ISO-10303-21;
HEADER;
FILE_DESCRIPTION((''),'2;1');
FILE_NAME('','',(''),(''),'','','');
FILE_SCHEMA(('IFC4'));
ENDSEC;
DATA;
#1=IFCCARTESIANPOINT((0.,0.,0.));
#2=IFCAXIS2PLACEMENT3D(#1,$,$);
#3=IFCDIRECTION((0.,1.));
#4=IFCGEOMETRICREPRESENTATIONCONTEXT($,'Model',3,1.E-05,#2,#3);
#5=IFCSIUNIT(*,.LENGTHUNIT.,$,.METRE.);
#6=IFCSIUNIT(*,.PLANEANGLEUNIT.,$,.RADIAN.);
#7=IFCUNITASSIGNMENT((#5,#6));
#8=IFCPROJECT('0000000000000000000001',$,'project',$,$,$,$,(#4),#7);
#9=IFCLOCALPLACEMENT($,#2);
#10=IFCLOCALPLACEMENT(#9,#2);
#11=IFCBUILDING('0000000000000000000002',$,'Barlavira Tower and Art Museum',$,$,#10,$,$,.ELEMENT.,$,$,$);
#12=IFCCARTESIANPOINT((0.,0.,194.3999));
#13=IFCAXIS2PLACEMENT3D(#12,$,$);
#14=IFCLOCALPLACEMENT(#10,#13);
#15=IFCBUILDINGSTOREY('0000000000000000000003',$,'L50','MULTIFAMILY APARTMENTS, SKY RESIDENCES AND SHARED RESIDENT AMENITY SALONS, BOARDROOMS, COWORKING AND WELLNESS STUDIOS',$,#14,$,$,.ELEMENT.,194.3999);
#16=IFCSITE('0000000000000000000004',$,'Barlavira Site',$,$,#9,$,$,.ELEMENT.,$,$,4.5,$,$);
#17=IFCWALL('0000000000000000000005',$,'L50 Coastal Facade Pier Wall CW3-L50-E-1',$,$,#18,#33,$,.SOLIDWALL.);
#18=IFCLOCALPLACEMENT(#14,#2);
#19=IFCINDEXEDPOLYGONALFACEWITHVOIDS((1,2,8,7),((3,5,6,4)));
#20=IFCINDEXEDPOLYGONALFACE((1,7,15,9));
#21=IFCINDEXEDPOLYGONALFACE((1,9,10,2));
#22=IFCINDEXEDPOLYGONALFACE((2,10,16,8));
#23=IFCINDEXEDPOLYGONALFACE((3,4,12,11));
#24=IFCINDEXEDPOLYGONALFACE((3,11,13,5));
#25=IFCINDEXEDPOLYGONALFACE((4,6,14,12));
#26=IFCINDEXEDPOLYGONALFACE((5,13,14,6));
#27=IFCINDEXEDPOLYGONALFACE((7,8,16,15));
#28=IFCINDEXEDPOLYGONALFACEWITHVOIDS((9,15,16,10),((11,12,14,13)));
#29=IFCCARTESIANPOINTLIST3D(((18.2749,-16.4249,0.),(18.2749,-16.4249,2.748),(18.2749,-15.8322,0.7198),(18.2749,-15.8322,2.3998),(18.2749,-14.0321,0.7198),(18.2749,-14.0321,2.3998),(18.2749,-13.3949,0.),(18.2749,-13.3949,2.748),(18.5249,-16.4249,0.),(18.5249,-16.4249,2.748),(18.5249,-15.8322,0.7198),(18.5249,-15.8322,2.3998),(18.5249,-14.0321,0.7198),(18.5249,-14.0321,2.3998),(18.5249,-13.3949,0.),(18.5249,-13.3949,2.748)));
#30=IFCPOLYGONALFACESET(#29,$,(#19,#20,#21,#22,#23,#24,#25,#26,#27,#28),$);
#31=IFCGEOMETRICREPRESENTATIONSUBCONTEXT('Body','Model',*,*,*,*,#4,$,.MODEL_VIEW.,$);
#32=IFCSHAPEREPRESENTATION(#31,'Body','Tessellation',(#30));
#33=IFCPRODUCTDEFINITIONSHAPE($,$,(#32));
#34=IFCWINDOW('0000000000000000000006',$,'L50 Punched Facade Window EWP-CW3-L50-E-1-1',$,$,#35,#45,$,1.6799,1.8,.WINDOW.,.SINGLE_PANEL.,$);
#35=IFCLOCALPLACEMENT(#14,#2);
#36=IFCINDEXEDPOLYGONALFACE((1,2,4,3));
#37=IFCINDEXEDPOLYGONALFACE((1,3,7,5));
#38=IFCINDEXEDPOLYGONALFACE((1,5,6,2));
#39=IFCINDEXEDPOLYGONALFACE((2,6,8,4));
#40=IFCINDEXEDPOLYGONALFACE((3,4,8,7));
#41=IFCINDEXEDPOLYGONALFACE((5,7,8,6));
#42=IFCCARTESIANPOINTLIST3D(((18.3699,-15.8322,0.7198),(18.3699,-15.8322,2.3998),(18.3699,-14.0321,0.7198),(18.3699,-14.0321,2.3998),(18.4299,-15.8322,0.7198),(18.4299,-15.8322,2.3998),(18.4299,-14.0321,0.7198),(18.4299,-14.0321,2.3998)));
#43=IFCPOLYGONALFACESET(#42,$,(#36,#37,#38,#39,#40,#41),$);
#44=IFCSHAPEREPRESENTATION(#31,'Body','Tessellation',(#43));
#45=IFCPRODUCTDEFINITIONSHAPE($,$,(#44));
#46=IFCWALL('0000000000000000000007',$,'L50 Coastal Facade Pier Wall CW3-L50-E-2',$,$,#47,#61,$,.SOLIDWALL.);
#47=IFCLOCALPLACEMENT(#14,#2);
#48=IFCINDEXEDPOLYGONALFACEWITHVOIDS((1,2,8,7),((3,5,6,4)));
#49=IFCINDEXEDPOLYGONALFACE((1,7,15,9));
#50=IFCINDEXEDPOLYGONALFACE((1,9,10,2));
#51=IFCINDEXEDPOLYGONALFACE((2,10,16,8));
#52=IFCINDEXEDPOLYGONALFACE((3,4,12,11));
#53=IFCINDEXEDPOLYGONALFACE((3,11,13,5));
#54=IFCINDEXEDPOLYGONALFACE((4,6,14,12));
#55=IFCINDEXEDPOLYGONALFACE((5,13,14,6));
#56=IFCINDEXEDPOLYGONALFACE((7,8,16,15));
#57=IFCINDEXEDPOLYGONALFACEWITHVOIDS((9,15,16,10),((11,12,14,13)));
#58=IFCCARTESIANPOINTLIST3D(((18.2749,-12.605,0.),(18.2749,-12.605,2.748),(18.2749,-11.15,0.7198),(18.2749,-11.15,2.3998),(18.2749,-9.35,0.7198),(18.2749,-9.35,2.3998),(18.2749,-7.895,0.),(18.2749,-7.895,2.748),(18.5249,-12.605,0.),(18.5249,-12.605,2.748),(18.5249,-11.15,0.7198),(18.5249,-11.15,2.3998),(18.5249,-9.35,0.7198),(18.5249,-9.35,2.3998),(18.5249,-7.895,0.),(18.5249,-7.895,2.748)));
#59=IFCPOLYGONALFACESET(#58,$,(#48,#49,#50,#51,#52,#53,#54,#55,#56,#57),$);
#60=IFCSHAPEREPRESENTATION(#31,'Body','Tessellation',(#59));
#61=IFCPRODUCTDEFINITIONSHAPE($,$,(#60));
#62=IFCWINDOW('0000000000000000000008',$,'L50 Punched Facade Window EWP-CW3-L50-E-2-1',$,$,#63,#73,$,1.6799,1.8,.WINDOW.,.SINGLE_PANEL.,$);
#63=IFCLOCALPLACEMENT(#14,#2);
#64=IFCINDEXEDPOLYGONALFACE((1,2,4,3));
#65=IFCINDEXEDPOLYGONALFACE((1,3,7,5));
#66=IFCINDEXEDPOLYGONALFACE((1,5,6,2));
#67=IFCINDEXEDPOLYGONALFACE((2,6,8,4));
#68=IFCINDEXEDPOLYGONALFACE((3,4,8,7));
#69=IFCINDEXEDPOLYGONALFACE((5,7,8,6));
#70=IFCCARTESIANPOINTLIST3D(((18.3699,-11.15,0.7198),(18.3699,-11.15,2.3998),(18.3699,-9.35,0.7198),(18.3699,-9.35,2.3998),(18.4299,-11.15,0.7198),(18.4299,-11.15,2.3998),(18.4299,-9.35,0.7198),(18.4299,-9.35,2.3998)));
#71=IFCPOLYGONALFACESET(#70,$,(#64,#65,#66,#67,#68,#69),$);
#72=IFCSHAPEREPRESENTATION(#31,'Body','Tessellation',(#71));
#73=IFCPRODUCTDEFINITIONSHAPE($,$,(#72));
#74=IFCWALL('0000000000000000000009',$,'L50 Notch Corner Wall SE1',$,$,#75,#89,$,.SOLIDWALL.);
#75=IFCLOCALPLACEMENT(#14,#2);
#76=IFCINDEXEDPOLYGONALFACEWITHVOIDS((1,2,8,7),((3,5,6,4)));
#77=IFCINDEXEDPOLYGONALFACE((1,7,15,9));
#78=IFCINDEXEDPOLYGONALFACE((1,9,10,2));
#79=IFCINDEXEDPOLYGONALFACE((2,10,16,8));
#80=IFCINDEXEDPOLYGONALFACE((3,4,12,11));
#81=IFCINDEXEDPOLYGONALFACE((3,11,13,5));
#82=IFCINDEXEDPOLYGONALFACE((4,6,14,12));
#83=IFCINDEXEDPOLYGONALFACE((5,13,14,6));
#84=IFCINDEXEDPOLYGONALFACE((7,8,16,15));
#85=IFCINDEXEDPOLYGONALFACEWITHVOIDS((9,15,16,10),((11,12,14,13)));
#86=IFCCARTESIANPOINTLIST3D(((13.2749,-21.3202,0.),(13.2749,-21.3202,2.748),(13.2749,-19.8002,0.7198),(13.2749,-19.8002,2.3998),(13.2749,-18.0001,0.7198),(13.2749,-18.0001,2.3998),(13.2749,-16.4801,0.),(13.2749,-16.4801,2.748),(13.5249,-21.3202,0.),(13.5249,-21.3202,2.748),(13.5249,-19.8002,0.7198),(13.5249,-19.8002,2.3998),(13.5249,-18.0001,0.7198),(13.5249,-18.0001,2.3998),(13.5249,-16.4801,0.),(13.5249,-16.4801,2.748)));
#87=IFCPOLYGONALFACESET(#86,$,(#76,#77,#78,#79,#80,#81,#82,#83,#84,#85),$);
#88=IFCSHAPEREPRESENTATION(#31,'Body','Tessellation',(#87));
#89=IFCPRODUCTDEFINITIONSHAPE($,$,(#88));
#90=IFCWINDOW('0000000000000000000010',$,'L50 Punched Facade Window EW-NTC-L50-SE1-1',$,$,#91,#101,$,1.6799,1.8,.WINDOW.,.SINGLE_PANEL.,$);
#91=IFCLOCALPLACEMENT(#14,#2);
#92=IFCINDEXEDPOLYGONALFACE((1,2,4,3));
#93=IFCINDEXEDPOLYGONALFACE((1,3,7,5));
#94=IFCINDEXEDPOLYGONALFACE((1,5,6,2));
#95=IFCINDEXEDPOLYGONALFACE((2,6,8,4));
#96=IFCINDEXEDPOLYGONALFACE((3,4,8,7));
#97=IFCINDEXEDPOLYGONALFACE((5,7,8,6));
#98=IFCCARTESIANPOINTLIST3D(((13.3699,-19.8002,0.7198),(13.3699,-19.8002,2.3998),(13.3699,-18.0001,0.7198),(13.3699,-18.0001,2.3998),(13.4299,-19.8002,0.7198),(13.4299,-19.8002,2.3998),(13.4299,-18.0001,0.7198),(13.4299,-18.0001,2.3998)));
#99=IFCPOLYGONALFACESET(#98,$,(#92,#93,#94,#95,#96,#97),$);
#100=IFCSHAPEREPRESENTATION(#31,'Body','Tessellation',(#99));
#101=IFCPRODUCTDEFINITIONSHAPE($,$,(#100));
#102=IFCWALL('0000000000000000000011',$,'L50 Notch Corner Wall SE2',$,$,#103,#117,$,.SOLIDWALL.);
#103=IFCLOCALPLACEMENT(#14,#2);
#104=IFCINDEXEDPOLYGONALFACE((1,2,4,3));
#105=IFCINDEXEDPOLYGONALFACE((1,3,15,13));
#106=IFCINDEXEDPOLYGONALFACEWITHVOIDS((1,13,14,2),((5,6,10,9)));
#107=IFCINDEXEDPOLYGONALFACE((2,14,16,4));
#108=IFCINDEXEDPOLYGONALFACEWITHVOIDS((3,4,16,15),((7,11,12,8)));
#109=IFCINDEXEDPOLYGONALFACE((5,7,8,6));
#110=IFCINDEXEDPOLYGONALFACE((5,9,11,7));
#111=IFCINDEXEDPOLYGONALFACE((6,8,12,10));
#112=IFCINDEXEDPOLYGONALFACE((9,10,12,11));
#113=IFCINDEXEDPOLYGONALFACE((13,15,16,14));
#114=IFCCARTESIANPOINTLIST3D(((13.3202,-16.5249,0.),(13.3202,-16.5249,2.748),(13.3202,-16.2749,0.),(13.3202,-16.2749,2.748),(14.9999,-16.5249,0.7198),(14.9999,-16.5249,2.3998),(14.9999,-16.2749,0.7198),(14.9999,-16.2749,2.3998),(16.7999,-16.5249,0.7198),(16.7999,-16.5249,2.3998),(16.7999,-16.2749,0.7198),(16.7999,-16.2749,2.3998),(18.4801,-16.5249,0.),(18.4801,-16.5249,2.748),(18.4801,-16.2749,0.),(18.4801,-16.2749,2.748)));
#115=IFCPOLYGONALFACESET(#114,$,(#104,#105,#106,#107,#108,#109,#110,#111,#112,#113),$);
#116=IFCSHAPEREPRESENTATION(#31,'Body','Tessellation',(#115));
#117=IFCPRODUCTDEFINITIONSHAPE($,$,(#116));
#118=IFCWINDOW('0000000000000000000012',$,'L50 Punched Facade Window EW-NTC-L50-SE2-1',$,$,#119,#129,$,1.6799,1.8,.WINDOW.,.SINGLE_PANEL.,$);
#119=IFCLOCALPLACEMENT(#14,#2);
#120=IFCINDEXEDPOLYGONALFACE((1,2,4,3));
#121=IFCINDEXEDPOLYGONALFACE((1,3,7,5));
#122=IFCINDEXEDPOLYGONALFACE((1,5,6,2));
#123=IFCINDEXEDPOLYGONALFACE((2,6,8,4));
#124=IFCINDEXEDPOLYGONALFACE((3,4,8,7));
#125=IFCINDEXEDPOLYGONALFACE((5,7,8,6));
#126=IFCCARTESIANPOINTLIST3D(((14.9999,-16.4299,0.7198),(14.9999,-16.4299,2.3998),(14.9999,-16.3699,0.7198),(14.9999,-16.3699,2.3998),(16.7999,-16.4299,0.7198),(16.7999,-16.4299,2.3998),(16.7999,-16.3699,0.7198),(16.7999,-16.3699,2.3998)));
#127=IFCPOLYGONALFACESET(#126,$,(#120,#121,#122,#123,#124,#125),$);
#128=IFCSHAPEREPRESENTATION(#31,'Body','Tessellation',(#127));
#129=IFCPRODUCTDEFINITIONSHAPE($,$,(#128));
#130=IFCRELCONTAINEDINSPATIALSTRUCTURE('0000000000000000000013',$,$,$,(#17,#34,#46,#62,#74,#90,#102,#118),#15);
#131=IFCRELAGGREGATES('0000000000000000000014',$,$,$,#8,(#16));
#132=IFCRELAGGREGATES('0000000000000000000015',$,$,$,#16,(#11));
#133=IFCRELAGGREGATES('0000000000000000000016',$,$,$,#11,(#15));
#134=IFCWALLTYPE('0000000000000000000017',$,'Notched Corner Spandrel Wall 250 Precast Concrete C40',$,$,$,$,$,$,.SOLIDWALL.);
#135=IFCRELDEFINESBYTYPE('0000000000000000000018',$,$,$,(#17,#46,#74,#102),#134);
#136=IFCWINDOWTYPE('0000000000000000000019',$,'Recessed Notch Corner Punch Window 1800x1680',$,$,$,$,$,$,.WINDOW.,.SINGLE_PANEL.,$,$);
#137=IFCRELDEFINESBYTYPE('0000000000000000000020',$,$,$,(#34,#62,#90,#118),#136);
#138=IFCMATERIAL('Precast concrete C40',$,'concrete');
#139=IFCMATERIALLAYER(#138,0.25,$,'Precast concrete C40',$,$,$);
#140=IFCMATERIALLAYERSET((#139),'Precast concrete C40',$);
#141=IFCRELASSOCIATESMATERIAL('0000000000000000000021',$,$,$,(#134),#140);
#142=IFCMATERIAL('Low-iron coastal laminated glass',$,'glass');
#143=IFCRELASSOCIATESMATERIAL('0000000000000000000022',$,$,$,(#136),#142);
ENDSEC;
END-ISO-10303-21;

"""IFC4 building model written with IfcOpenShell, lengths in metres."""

from ifc_helpers import new_model, si_unit, direction, frame, frame_2d, origin, place, context, subcontext, project, spatial, rectangle, extrude, material, layer, layer_set, type_object, element, fill, save


model = new_model("IFC4")

# Units and contexts
model_context = context("Model", 3, precision=1e-05, world=origin(), true_north=direction((0.0, 1.0)))
body_context = subcontext(model_context, "Body", "Model", "MODEL_VIEW")
ifc_project = project(units=[si_unit("LENGTHUNIT", "METRE"), si_unit("PLANEANGLEUNIT", "RADIAN")], contexts=[model_context])

# Site, building, storey
site_placement = place(None, origin())
site = spatial("IfcSite", under=ifc_project, at=site_placement, Name="Barlavira Site", CompositionType="ELEMENT", RefElevation=4.5)
building_placement = place(site_placement, origin())
building = spatial("IfcBuilding", under=site, at=building_placement, Name="Barlavira Tower and Art Museum", CompositionType="ELEMENT")
storey_placement = place(building_placement, frame((0.0, 0.0, 194.3999)))
storey = spatial("IfcBuildingStorey", under=building, at=storey_placement, Name="L50", Description="MULTIFAMILY APARTMENTS, SKY RESIDENCES AND SHARED RESIDENT AMENITY SALONS, BOARDROOMS, COWORKING AND WELLNESS STUDIOS", CompositionType="ELEMENT", Elevation=194.3999)

# Walls, openings, windows
ifc_material_1 = material(Name="Precast concrete C40", Category="concrete")
ifc_layer_1 = layer(ifc_material_1, 0.25, Name="Precast concrete C40")
ifc_layer_set_1 = layer_set([ifc_layer_1], Name="Precast concrete C40")
wall_type_1 = type_object("IfcWallType", Name="Notched Corner Spandrel Wall 250 Precast Concrete C40", PredefinedType="SOLIDWALL", material=ifc_layer_set_1)
ifc_material_2 = material(Name="Low-iron coastal laminated glass", Category="glass")
wall_1_placement = place(storey_placement, frame((18.3999, -16.425, 0.0), z_axis=(0.0, 0.0, 1.0), x_axis=(0.0, 1.0, 0.0)))
wall_1 = element("IfcWall", 1, at=wall_1_placement, inside=storey, type_object=wall_type_1, Name="L50 Coastal Facade Pier Wall CW3-L50-E-1", PredefinedType="SOLIDWALL", context=body_context, shape_type="SweptSolid", body=[
    extrude(rectangle(XDim=3.03, YDim=0.25, at=frame_2d((1.5151, 0.0))), origin(), (0.0, 0.0, 1.0), 2.748),
])
opening_1_placement = place(wall_1_placement, frame((0.593, 0.0, 0.72)))
opening_1 = element("IfcOpeningElement", 2, at=opening_1_placement, cuts=wall_1, PredefinedType="OPENING", context=body_context, shape_type="SweptSolid", body=[
    extrude(rectangle(XDim=1.8, YDim=1.6799, at=frame_2d((0.8999, 0.8398))), frame((0.0, 0.135, 0.0), z_axis=(0.0, -1.0, 0.0), x_axis=(1.0, 0.0, 0.0)), (0.0, 0.0, 1.0), 0.27),
])
window_type_1 = type_object("IfcWindowType", Name="Recessed Notch Corner Punch Window 1800x1680", PartitioningType="SINGLE_PANEL", PredefinedType="WINDOW", material=ifc_material_2)
window_1_placement = place(opening_1_placement, origin())
window_1 = element("IfcWindow", 3, at=window_1_placement, inside=storey, type_object=window_type_1, Name="L50 Punched Facade Window EWP-CW3-L50-E-1-1", OverallHeight=1.6799, OverallWidth=1.8, PartitioningType="SINGLE_PANEL", PredefinedType="WINDOW", context=body_context, shape_type="SweptSolid", body=[
    extrude(rectangle(XDim=1.8, YDim=1.6799, at=frame_2d((0.8999, 0.8398))), frame((0.0, 0.03, 0.0), z_axis=(0.0, -1.0, 0.0), x_axis=(1.0, 0.0, 0.0)), (0.0, 0.0, 1.0), 0.0601),
])
fill(opening_1, window_1)
wall_2_placement = place(storey_placement, frame((18.3999, -12.605, 0.0), z_axis=(0.0, 0.0, 1.0), x_axis=(0.0, 1.0, 0.0)))
wall_2 = element("IfcWall", 4, at=wall_2_placement, inside=storey, type_object=wall_type_1, Name="L50 Coastal Facade Pier Wall CW3-L50-E-2", PredefinedType="SOLIDWALL", context=body_context, shape_type="SweptSolid", body=[
    extrude(rectangle(XDim=4.71, YDim=0.25, at=frame_2d((2.355, 0.0))), origin(), (0.0, 0.0, 1.0), 2.748),
])
opening_2_placement = place(wall_2_placement, frame((1.4551, 0.0, 0.72)))
opening_2 = element("IfcOpeningElement", 5, at=opening_2_placement, cuts=wall_2, PredefinedType="OPENING", context=body_context, shape_type="SweptSolid", body=[
    extrude(rectangle(XDim=1.8, YDim=1.6799, at=frame_2d((0.8999, 0.8398))), frame((0.0, 0.135, 0.0), z_axis=(0.0, -1.0, 0.0), x_axis=(1.0, 0.0, 0.0)), (0.0, 0.0, 1.0), 0.27),
])
window_2_placement = place(opening_2_placement, origin())
window_2 = element("IfcWindow", 6, at=window_2_placement, inside=storey, type_object=window_type_1, Name="L50 Punched Facade Window EWP-CW3-L50-E-2-1", OverallHeight=1.6799, OverallWidth=1.8, PartitioningType="SINGLE_PANEL", PredefinedType="WINDOW", context=body_context, shape_type="SweptSolid", body=[
    extrude(rectangle(XDim=1.8, YDim=1.6799, at=frame_2d((0.8999, 0.8398))), frame((0.0, 0.03, 0.0), z_axis=(0.0, -1.0, 0.0), x_axis=(1.0, 0.0, 0.0)), (0.0, 0.0, 1.0), 0.0601),
])
fill(opening_2, window_2)
wall_3_placement = place(storey_placement, frame((13.3999, -21.3201, 0.0), z_axis=(0.0, 0.0, 1.0), x_axis=(0.0, 1.0, 0.0)))
wall_3 = element("IfcWall", 7, at=wall_3_placement, inside=storey, type_object=wall_type_1, Name="L50 Notch Corner Wall SE1", PredefinedType="SOLIDWALL", context=body_context, shape_type="SweptSolid", body=[
    extrude(rectangle(XDim=4.8401, YDim=0.25, at=frame_2d((2.4199, 0.0))), origin(), (0.0, 0.0, 1.0), 2.748),
])
opening_3_placement = place(wall_3_placement, frame((1.52, 0.0, 0.72)))
opening_3 = element("IfcOpeningElement", 8, at=opening_3_placement, cuts=wall_3, PredefinedType="OPENING", context=body_context, shape_type="SweptSolid", body=[
    extrude(rectangle(XDim=1.8, YDim=1.6799, at=frame_2d((0.8999, 0.8398))), frame((0.0, 0.135, 0.0), z_axis=(0.0, -1.0, 0.0), x_axis=(1.0, 0.0, 0.0)), (0.0, 0.0, 1.0), 0.27),
])
window_3_placement = place(opening_3_placement, origin())
window_3 = element("IfcWindow", 9, at=window_3_placement, inside=storey, type_object=window_type_1, Name="L50 Punched Facade Window EW-NTC-L50-SE1-1", OverallHeight=1.6799, OverallWidth=1.8, PartitioningType="SINGLE_PANEL", PredefinedType="WINDOW", context=body_context, shape_type="SweptSolid", body=[
    extrude(rectangle(XDim=1.8, YDim=1.6799, at=frame_2d((0.8999, 0.8398))), frame((0.0, 0.03, 0.0), z_axis=(0.0, -1.0, 0.0), x_axis=(1.0, 0.0, 0.0)), (0.0, 0.0, 1.0), 0.0601),
])
fill(opening_3, window_3)
wall_4_placement = place(storey_placement, frame((13.3201, -16.3999, 0.0), z_axis=(0.0, 0.0, 1.0), x_axis=(1.0, 0.0, 0.0)))
wall_4 = element("IfcWall", 10, at=wall_4_placement, inside=storey, type_object=wall_type_1, Name="L50 Notch Corner Wall SE2", PredefinedType="SOLIDWALL", context=body_context, shape_type="SweptSolid", body=[
    extrude(rectangle(XDim=5.1599, YDim=0.25, at=frame_2d((2.5801, 0.0))), origin(), (0.0, 0.0, 1.0), 2.748),
])
opening_4_placement = place(wall_4_placement, frame((1.6799, 0.0, 0.72)))
opening_4 = element("IfcOpeningElement", 11, at=opening_4_placement, cuts=wall_4, PredefinedType="OPENING", context=body_context, shape_type="SweptSolid", body=[
    extrude(rectangle(XDim=1.8, YDim=1.6799, at=frame_2d((0.8999, 0.8398))), frame((0.0, 0.135, 0.0), z_axis=(0.0, -1.0, 0.0), x_axis=(1.0, 0.0, 0.0)), (0.0, 0.0, 1.0), 0.27),
])
window_4_placement = place(opening_4_placement, origin())
window_4 = element("IfcWindow", 12, at=window_4_placement, inside=storey, type_object=window_type_1, Name="L50 Punched Facade Window EW-NTC-L50-SE2-1", OverallHeight=1.6799, OverallWidth=1.8, PartitioningType="SINGLE_PANEL", PredefinedType="WINDOW", context=body_context, shape_type="SweptSolid", body=[
    extrude(rectangle(XDim=1.8, YDim=1.6799, at=frame_2d((0.8999, 0.8398))), frame((0.0, 0.03, 0.0), z_axis=(0.0, -1.0, 0.0), x_axis=(1.0, 0.0, 0.0)), (0.0, 0.0, 1.0), 0.0601),
])
fill(opening_4, window_4)

save(model, "model.ifc")
